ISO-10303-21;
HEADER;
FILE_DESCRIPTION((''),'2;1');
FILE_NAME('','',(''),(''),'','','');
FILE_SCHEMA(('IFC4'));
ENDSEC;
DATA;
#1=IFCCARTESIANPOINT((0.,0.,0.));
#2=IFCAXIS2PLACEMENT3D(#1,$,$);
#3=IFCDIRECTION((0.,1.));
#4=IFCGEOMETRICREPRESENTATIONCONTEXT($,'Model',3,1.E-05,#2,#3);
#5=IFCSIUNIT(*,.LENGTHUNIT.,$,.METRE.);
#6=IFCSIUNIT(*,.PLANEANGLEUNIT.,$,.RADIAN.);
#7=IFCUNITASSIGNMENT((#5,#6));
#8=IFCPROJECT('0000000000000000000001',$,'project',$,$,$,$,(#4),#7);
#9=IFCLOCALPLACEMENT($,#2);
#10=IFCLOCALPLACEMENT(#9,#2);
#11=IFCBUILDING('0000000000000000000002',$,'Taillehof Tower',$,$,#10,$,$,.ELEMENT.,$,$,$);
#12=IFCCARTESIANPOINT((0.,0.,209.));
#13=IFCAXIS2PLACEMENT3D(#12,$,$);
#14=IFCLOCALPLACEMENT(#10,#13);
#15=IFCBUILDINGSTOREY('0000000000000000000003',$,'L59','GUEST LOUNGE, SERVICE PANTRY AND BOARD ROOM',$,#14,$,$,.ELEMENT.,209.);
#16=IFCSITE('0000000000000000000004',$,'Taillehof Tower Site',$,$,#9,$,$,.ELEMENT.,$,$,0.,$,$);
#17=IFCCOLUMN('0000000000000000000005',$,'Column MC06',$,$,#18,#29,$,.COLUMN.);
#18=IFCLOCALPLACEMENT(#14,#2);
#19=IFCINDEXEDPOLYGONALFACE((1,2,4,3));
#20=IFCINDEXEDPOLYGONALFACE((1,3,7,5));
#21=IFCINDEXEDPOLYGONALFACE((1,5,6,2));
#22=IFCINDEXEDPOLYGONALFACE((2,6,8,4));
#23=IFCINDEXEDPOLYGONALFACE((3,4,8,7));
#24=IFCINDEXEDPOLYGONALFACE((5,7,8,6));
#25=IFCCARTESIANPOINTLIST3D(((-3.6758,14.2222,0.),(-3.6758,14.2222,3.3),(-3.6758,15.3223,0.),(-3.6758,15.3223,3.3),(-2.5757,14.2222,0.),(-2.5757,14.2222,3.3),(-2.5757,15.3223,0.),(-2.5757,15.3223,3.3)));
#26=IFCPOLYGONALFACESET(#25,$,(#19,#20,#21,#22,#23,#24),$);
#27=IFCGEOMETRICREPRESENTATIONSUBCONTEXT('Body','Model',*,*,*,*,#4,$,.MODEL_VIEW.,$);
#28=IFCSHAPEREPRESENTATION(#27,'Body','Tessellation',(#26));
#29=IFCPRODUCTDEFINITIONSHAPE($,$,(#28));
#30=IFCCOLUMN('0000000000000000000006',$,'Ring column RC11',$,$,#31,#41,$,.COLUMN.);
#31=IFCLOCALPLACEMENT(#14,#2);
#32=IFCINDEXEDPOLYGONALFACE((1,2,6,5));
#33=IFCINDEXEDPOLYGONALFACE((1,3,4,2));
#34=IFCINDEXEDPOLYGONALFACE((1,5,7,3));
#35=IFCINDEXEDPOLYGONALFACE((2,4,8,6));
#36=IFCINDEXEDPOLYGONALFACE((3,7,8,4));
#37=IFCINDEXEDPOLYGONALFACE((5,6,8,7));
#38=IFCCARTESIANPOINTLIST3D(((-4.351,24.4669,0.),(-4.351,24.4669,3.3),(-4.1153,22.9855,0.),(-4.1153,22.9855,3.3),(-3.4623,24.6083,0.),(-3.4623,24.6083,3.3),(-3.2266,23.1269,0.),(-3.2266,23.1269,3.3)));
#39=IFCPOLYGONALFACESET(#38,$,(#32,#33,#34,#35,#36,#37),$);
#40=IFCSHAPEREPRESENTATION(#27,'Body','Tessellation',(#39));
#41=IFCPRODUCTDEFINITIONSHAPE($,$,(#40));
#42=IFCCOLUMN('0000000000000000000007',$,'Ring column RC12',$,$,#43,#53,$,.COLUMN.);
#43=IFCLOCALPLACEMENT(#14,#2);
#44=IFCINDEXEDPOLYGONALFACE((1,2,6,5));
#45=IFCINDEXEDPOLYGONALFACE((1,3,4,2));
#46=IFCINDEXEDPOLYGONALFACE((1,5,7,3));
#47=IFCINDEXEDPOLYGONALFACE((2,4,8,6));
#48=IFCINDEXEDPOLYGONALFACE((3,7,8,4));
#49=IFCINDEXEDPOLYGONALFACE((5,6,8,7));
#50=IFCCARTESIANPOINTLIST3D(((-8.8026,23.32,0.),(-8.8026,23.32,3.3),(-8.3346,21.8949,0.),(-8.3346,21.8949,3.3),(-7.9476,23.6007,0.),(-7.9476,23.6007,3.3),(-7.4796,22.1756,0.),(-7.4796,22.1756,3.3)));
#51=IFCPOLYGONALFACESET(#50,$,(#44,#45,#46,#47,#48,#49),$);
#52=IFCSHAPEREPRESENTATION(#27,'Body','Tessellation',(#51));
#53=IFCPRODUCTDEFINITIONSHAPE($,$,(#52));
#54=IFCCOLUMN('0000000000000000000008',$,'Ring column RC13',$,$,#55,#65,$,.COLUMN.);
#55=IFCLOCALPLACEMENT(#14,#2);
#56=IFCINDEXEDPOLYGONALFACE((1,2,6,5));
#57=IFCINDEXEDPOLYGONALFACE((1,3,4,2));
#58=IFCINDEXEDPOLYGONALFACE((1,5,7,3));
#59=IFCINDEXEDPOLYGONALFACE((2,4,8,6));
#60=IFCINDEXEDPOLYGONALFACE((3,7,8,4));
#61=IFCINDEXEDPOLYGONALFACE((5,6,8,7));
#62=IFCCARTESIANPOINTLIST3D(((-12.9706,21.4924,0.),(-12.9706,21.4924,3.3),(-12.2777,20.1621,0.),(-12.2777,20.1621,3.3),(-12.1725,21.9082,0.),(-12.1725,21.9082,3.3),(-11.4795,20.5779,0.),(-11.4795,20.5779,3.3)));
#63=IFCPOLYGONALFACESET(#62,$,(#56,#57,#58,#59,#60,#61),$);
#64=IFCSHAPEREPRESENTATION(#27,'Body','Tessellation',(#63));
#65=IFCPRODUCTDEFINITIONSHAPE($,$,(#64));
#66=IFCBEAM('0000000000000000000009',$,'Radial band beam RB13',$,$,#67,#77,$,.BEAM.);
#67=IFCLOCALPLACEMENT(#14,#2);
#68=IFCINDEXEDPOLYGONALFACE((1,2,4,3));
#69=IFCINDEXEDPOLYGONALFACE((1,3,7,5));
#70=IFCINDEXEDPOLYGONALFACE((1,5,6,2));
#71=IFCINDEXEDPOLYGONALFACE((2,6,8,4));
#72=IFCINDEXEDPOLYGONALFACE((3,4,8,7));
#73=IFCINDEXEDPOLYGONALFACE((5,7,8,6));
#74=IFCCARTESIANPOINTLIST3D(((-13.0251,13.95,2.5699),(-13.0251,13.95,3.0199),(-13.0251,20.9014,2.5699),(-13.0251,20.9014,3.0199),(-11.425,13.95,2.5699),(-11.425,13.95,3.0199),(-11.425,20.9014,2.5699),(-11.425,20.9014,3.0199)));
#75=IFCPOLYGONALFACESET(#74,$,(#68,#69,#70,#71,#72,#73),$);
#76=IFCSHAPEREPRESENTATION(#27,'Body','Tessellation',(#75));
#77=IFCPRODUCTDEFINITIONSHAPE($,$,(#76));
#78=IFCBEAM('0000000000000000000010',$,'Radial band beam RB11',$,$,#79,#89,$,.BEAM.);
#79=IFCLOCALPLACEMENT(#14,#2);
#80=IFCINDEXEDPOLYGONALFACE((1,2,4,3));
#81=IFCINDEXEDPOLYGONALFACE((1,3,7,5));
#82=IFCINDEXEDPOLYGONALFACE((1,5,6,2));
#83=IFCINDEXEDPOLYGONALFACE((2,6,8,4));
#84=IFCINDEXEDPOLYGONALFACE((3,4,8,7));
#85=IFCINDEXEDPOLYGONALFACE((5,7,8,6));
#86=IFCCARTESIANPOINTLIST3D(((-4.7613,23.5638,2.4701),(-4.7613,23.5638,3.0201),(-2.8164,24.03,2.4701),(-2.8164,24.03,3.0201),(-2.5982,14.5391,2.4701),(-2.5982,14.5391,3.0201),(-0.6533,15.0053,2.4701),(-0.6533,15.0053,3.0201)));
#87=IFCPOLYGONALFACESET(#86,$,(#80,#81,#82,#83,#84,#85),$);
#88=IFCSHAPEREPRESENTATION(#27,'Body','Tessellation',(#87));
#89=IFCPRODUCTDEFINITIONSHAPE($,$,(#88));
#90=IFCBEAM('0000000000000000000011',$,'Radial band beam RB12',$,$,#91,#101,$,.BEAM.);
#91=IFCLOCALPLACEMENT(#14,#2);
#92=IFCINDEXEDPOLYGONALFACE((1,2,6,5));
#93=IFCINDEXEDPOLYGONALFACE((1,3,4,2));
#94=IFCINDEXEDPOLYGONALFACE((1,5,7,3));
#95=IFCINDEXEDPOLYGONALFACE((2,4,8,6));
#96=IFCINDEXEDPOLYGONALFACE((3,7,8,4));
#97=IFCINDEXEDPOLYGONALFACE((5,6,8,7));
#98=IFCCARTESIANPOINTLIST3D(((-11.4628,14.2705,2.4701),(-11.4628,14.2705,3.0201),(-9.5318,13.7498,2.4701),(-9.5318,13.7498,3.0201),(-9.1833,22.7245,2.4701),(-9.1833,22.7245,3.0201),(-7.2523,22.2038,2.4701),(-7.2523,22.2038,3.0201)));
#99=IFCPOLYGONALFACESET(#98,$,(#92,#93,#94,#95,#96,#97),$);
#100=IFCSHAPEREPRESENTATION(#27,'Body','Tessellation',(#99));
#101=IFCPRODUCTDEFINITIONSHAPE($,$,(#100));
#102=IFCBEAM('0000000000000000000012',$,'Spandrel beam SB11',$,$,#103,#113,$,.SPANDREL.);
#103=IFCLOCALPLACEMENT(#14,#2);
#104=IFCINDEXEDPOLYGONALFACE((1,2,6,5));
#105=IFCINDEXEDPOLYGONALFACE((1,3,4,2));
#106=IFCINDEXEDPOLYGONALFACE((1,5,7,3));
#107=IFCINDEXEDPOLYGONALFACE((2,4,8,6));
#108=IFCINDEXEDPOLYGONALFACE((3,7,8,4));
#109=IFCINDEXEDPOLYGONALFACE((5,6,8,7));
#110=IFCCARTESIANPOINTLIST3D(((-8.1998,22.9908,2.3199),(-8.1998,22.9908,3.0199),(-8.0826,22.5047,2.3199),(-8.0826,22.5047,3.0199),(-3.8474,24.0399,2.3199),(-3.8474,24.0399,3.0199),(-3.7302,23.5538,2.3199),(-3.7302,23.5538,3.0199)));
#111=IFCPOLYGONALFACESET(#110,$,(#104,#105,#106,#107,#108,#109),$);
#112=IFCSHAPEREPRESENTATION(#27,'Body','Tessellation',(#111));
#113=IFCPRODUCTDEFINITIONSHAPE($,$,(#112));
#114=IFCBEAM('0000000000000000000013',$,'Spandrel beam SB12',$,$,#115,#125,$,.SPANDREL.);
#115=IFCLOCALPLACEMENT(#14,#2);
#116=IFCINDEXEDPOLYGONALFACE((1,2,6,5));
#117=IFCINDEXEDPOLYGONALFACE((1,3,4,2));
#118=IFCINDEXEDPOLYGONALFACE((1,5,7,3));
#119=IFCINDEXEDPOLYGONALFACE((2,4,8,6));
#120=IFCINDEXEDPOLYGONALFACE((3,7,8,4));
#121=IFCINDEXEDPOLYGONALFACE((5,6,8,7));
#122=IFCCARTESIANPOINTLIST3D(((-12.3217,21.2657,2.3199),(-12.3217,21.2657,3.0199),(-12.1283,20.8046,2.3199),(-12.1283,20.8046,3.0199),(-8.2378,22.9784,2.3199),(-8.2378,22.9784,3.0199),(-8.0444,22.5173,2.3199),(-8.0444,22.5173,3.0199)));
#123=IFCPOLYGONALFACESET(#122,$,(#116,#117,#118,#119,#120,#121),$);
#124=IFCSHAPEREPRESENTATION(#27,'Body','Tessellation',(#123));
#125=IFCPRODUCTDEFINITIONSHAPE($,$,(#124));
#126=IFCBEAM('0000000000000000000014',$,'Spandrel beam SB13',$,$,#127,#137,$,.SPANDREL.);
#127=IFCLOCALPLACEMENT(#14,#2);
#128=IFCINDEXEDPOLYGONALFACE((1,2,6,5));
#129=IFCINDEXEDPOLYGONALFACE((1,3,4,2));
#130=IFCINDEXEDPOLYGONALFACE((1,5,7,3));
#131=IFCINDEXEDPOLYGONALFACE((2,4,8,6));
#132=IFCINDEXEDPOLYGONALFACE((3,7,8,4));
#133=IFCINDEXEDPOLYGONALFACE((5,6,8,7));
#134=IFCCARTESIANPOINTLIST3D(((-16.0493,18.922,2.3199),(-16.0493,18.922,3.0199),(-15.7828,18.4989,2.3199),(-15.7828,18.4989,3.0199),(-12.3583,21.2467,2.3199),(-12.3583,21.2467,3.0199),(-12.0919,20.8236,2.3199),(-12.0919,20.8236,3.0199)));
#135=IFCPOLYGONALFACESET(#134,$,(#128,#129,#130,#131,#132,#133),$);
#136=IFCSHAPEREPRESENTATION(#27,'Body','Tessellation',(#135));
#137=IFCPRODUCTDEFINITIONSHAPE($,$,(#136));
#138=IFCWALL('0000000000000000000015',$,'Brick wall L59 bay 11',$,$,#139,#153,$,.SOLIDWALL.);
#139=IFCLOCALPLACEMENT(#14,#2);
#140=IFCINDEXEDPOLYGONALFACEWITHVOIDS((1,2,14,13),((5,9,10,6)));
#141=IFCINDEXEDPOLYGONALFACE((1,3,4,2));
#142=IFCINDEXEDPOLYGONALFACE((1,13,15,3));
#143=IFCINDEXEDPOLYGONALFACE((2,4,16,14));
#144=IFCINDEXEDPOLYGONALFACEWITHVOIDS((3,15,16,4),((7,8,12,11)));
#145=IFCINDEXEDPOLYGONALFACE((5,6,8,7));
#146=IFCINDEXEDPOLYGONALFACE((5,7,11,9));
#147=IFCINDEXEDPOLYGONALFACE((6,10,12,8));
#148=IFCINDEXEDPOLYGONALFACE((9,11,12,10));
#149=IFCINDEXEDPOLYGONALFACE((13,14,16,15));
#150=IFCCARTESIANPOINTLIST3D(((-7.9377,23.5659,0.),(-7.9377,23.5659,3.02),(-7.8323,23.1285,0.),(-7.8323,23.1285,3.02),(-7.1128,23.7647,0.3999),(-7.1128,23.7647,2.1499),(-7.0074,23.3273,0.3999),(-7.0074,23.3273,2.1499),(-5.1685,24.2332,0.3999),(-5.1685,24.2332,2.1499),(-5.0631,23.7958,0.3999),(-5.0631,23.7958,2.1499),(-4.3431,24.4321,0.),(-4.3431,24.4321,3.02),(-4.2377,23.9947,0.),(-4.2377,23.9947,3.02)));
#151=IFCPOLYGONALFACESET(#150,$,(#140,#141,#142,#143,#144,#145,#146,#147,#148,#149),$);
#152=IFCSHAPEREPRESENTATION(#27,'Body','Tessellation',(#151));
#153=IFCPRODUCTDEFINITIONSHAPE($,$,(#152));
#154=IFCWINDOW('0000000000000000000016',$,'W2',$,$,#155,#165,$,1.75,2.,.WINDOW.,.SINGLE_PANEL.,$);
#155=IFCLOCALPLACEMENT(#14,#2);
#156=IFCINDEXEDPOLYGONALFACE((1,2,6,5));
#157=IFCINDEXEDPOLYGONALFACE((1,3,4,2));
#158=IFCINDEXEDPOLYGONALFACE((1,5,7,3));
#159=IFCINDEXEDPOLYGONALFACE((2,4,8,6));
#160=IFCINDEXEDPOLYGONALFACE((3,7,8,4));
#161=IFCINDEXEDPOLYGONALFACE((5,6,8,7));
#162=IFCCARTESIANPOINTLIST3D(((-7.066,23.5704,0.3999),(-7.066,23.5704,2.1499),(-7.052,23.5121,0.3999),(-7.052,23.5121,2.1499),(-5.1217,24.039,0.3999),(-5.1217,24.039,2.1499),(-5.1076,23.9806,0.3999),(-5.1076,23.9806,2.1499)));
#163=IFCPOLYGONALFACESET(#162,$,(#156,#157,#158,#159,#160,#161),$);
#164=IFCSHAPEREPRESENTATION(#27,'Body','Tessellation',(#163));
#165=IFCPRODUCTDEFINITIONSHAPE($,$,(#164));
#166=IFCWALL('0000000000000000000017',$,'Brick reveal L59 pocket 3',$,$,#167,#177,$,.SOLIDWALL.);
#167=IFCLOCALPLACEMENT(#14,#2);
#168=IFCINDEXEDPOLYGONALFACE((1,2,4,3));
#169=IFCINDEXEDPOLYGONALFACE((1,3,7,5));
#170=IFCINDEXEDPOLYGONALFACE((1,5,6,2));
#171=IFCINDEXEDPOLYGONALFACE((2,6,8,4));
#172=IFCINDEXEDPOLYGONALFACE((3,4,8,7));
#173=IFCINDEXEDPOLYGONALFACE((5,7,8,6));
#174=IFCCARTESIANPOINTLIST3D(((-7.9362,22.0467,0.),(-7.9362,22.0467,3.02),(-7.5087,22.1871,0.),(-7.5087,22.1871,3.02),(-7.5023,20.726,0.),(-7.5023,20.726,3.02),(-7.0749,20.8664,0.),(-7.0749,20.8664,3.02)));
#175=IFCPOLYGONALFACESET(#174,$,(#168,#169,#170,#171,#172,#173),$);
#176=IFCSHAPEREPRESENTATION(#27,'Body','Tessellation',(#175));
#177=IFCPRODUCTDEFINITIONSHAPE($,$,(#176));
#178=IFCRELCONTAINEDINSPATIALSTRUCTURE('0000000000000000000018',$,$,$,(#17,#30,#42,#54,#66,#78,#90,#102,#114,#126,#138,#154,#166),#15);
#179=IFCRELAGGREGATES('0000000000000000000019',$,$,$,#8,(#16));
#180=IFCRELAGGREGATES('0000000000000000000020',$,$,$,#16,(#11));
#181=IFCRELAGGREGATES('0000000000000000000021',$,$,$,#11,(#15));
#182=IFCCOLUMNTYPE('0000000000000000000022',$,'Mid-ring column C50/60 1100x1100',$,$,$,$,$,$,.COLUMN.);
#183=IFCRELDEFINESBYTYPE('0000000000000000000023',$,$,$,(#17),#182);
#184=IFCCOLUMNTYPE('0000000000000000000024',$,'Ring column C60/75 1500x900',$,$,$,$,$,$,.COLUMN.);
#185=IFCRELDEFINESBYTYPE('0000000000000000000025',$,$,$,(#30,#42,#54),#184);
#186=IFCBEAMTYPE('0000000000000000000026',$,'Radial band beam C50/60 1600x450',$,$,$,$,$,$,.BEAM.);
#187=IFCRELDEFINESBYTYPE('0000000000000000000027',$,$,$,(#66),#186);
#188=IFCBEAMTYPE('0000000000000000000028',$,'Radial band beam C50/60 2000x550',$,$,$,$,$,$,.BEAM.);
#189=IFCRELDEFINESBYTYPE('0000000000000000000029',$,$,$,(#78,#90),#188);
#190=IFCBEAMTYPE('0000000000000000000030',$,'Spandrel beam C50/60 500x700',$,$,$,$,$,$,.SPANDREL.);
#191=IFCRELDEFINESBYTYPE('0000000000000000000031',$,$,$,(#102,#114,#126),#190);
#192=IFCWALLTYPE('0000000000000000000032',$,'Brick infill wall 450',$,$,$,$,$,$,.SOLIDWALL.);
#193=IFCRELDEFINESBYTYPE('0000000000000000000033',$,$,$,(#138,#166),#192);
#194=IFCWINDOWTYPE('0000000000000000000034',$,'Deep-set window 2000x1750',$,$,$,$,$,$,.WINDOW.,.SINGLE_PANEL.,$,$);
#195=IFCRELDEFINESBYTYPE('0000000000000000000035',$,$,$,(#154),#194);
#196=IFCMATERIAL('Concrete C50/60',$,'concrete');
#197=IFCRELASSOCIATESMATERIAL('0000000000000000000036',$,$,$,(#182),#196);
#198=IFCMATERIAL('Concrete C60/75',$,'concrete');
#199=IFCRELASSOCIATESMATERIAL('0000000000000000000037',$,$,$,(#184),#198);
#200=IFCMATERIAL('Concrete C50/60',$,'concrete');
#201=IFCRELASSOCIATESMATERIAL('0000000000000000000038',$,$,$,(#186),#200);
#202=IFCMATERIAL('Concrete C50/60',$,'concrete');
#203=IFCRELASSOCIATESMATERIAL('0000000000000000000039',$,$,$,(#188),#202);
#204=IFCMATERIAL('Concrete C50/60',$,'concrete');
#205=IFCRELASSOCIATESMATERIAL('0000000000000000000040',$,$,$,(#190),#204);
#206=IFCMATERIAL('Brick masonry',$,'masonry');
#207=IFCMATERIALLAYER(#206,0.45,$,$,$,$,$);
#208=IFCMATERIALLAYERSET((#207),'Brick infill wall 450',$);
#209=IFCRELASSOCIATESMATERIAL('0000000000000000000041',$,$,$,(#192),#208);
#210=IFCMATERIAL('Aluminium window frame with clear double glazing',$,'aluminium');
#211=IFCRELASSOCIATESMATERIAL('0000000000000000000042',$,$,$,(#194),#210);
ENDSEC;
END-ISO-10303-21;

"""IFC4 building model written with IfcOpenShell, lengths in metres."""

from ifc_helpers import new_model, si_unit, direction, frame, frame_2d, origin, origin_2d, place, context, subcontext, project, spatial, rectangle, extrude, material, layer, layer_set, material_profile, profile_set, type_object, element, fill, save


model = new_model("IFC4")

# Units and contexts
model_context = context("Model", 3, precision=1e-05, world=origin(), true_north=direction((0.0, 1.0)))
body_context = subcontext(model_context, "Body", "Model", "MODEL_VIEW")
ifc_project = project(units=[si_unit("LENGTHUNIT", "METRE"), si_unit("PLANEANGLEUNIT", "RADIAN")], contexts=[model_context])

# Site, building, storey
site_placement = place(None, origin())
site = spatial("IfcSite", under=ifc_project, at=site_placement, Name="Taillehof Tower Site", CompositionType="ELEMENT", RefElevation=0.0)
building_placement = place(site_placement, origin())
building = spatial("IfcBuilding", under=site, at=building_placement, Name="Taillehof Tower", CompositionType="ELEMENT")
storey_placement = place(building_placement, frame((0.0, 0.0, 209.0)))
storey = spatial("IfcBuildingStorey", under=building, at=storey_placement, Name="L59", Description="GUEST LOUNGE, SERVICE PANTRY AND BOARD ROOM", CompositionType="ELEMENT", Elevation=209.0)

# Columns
ifc_material_1 = material(Name="Concrete C50/60", Category="concrete")
ifc_material_profile_1 = material_profile(ifc_material_1, rectangle(XDim=1.1001, YDim=1.1001, at=origin_2d()), Name="RC 1100x1100")
ifc_profile_set_1 = profile_set([ifc_material_profile_1], Name="Concrete C50/60")
column_type_1 = type_object("IfcColumnType", Name="Mid-ring column C50/60 1100x1100", PredefinedType="COLUMN", material=ifc_profile_set_1)
column_placement = place(storey_placement, frame((-3.1257, 14.7722, 0.0), z_axis=(0.0, 0.0, 1.0), x_axis=(1.0, 0.0, 0.0)))
element("IfcColumn", 1, at=column_placement, inside=storey, type_object=column_type_1, Name="Column MC06", PredefinedType="COLUMN", context=body_context, shape_type="SweptSolid", body=[
    extrude(rectangle(XDim=1.1001, YDim=1.1001, at=origin_2d()), origin(), (0.0, 0.0, 1.0), 3.3),
])
ifc_material_2 = material(Name="Concrete C60/75", Category="concrete")
ifc_material_profile_2 = material_profile(ifc_material_2, rectangle(XDim=1.5, YDim=0.8999, at=origin_2d()), Name="RC 1500x900")
ifc_profile_set_2 = profile_set([ifc_material_profile_2], Name="Concrete C60/75")
column_type_2 = type_object("IfcColumnType", Name="Ring column C60/75 1500x900", PredefinedType="COLUMN", material=ifc_profile_set_2)
for number, where, z_axis, x_axis, name in (
    (2, (-3.7888, 23.7969, 0.0), (0.0, 0.0, 1.0), (-0.157116, 0.98758, 0.0), "Ring column RC11"),
    (3, (-8.1411, 22.7478, 0.0), (0.0, 0.0, 1.0), (-0.312001, 0.950082, 0.0), "Ring column RC12"),
    (4, (-12.2251, 21.0352, 0.0), (0.0, 0.0, 1.0), (-0.461993, 0.886883, 0.0), "Ring column RC13"),
):
    element("IfcColumn", number, at=place(storey_placement, frame(where, z_axis=z_axis, x_axis=x_axis)), inside=storey, type_object=column_type_2, Name=name, PredefinedType="COLUMN", context=body_context, shape_type="SweptSolid", body=[
        extrude(rectangle(XDim=1.5, YDim=0.8999, at=origin_2d()), origin(), (0.0, 0.0, 1.0), 3.3),
    ])

# Beams
ifc_material_3 = material(Name="Concrete C50/60", Category="concrete")
ifc_material_profile_3 = material_profile(ifc_material_3, rectangle(XDim=1.6001, YDim=0.45, at=origin_2d()), Name="RC 1600x450")
ifc_profile_set_3 = profile_set([ifc_material_profile_3], Name="Concrete C50/60")
beam_type_1 = type_object("IfcBeamType", Name="Radial band beam C50/60 1600x450", PredefinedType="BEAM", material=ifc_profile_set_3)
beam_1_placement = place(storey_placement, frame((-12.2251, 20.9014, 2.7949), z_axis=(0.0, -1.0, 0.0), x_axis=(1.0, 0.0, 0.0)))
element("IfcBeam", 5, at=beam_1_placement, inside=storey, type_object=beam_type_1, Name="Radial band beam RB13", PredefinedType="BEAM", context=body_context, shape_type="SweptSolid", body=[
    extrude(rectangle(XDim=1.6001, YDim=0.45, at=origin_2d()), origin(), (0.0, 0.0, 1.0), 6.9514),
])
ifc_material_4 = material(Name="Concrete C50/60", Category="concrete")
ifc_material_profile_4 = material_profile(ifc_material_4, rectangle(XDim=2.0, YDim=0.55, at=origin_2d()), Name="RC 2000x550")
ifc_profile_set_4 = profile_set([ifc_material_profile_4], Name="Concrete C50/60")
beam_type_2 = type_object("IfcBeamType", Name="Radial band beam C50/60 2000x550", PredefinedType="BEAM", material=ifc_profile_set_4)
beam_2_placement = place(storey_placement, frame((-3.7888, 23.7969, 2.7451), z_axis=(0.233084, -0.972457, 0.0), x_axis=(0.972457, 0.233084, 0.0)))
element("IfcBeam", 6, at=beam_2_placement, inside=storey, type_object=beam_type_2, Name="Radial band beam RB11", PredefinedType="BEAM", context=body_context, shape_type="SweptSolid", body=[
    extrude(rectangle(XDim=2.0, YDim=0.55, at=origin_2d()), origin(), (0.0, 0.0, 1.0), 9.2803),
])
beam_3_placement = place(storey_placement, frame((-8.2178, 22.4641, 2.7451), z_axis=(-0.260346, -0.965515, 0.0), x_axis=(0.965515, -0.260346, 0.0)))
element("IfcBeam", 7, at=beam_3_placement, inside=storey, type_object=beam_type_2, Name="Radial band beam RB12", PredefinedType="BEAM", context=body_context, shape_type="SweptSolid", body=[
    extrude(rectangle(XDim=2.0, YDim=0.55, at=origin_2d()), origin(), (0.0, 0.0, 1.0), 8.7559),
])
ifc_material_5 = material(Name="Concrete C50/60", Category="concrete")
ifc_material_profile_5 = material_profile(ifc_material_5, rectangle(XDim=0.5, YDim=0.7, at=origin_2d()), Name="RC 500x700")
ifc_profile_set_5 = profile_set([ifc_material_profile_5], Name="Concrete C50/60")
beam_type_3 = type_object("IfcBeamType", Name="Spandrel beam C50/60 500x700", PredefinedType="SPANDREL", material=ifc_profile_set_5)
beam_4_placement = place(storey_placement, frame((-3.7888, 23.7969, 2.6699), z_axis=(-0.972158, -0.234328, 0.0), x_axis=(0.234328, -0.972158, 0.0)))
element("IfcBeam", 8, at=beam_4_placement, inside=storey, type_object=beam_type_3, Name="Spandrel beam SB11", PredefinedType="SPANDREL", context=body_context, shape_type="SweptSolid", body=[
    extrude(rectangle(XDim=0.5, YDim=0.7, at=origin_2d()), origin(), (0.0, 0.0, 1.0), 4.4771),
])
beam_5_placement = place(storey_placement, frame((-8.1411, 22.7478, 2.6699), z_axis=(-0.922194, -0.386728, 0.0), x_axis=(0.386728, -0.922194, 0.0)))
element("IfcBeam", 9, at=beam_5_placement, inside=storey, type_object=beam_type_3, Name="Spandrel beam SB12", PredefinedType="SPANDREL", context=body_context, shape_type="SweptSolid", body=[
    extrude(rectangle(XDim=0.5, YDim=0.7, at=origin_2d()), origin(), (0.0, 0.0, 1.0), 4.4285),
])
beam_6_placement = place(storey_placement, frame((-12.2251, 21.0352, 2.6699), z_axis=(-0.846151, -0.532944, 0.0), x_axis=(0.532944, -0.846151, 0.0)))
element("IfcBeam", 10, at=beam_6_placement, inside=storey, type_object=beam_type_3, Name="Spandrel beam SB13", PredefinedType="SPANDREL", context=body_context, shape_type="SweptSolid", body=[
    extrude(rectangle(XDim=0.5, YDim=0.7, at=origin_2d()), origin(), (0.0, 0.0, 1.0), 4.3621),
])

# Wall, opening, window
ifc_material_6 = material(Name="Brick masonry", Category="masonry")
ifc_layer_1 = layer(ifc_material_6, 0.45)
ifc_layer_set_1 = layer_set([ifc_layer_1], Name="Brick infill wall 450")
wall_type_1 = type_object("IfcWallType", Name="Brick infill wall 450", PredefinedType="SOLIDWALL", material=ifc_layer_set_1)
wall_1_placement = place(storey_placement, frame((-4.2905, 24.2134, 0.0), z_axis=(0.0, 0.0, 1.0), x_axis=(-0.972174, -0.234262, 0.0)))
wall_1 = element("IfcWall", 11, at=wall_1_placement, inside=storey, type_object=wall_type_1, Name="Brick wall L59 bay 11", PredefinedType="SOLIDWALL", context=body_context, shape_type="SweptSolid", body=[
    extrude(rectangle(XDim=3.6975, YDim=0.45, at=frame_2d((1.8486, 0.0))), origin(), (0.0, 0.0, 1.0), 3.02),
])
opening_1_placement = place(wall_1_placement, frame((0.8489, 0.0, 0.3999)))
opening_1 = element("IfcOpeningElement", 12, at=opening_1_placement, cuts=wall_1, PredefinedType="OPENING", context=body_context, shape_type="SweptSolid", body=[
    extrude(rectangle(XDim=2.0, YDim=1.75, at=frame_2d((1.0, 0.875))), frame((0.0, 0.2349, 0.0), z_axis=(0.0, -1.0, 0.0), x_axis=(1.0, 0.0, 0.0)), (0.0, 0.0, 1.0), 0.47),
])
ifc_material_7 = material(Name="Aluminium window frame with clear double glazing", Category="aluminium")
window_type_1 = type_object("IfcWindowType", Name="Deep-set window 2000x1750", PartitioningType="SINGLE_PANEL", PredefinedType="WINDOW", material=ifc_material_7)
window_1_placement = place(opening_1_placement, origin())
window_1 = element("IfcWindow", 13, at=window_1_placement, inside=storey, type_object=window_type_1, Name="W2", OverallHeight=1.75, OverallWidth=2.0, PartitioningType="SINGLE_PANEL", PredefinedType="WINDOW", context=body_context, shape_type="SweptSolid", body=[
    extrude(rectangle(XDim=2.0, YDim=1.75, at=frame_2d((1.0, 0.875))), frame((0.0, 0.0349, 0.0), z_axis=(0.0, -1.0, 0.0), x_axis=(1.0, 0.0, 0.0)), (0.0, 0.0, 1.0), 0.0601),
])
fill(opening_1, window_1)

# Wall
wall_2_placement = place(storey_placement, frame((-7.7224, 22.1169, 0.0), z_axis=(0.0, 0.0, 1.0), x_axis=(0.312063, -0.950062, 0.0)))
element("IfcWall", 14, at=wall_2_placement, inside=storey, type_object=wall_type_1, Name="Brick reveal L59 pocket 3", PredefinedType="SOLIDWALL", context=body_context, shape_type="SweptSolid", body=[
    extrude(rectangle(XDim=1.3901, YDim=0.45, at=frame_2d((0.6951, 0.0))), origin(), (0.0, 0.0, 1.0), 3.02),
])

save(model, "model.ifc")
